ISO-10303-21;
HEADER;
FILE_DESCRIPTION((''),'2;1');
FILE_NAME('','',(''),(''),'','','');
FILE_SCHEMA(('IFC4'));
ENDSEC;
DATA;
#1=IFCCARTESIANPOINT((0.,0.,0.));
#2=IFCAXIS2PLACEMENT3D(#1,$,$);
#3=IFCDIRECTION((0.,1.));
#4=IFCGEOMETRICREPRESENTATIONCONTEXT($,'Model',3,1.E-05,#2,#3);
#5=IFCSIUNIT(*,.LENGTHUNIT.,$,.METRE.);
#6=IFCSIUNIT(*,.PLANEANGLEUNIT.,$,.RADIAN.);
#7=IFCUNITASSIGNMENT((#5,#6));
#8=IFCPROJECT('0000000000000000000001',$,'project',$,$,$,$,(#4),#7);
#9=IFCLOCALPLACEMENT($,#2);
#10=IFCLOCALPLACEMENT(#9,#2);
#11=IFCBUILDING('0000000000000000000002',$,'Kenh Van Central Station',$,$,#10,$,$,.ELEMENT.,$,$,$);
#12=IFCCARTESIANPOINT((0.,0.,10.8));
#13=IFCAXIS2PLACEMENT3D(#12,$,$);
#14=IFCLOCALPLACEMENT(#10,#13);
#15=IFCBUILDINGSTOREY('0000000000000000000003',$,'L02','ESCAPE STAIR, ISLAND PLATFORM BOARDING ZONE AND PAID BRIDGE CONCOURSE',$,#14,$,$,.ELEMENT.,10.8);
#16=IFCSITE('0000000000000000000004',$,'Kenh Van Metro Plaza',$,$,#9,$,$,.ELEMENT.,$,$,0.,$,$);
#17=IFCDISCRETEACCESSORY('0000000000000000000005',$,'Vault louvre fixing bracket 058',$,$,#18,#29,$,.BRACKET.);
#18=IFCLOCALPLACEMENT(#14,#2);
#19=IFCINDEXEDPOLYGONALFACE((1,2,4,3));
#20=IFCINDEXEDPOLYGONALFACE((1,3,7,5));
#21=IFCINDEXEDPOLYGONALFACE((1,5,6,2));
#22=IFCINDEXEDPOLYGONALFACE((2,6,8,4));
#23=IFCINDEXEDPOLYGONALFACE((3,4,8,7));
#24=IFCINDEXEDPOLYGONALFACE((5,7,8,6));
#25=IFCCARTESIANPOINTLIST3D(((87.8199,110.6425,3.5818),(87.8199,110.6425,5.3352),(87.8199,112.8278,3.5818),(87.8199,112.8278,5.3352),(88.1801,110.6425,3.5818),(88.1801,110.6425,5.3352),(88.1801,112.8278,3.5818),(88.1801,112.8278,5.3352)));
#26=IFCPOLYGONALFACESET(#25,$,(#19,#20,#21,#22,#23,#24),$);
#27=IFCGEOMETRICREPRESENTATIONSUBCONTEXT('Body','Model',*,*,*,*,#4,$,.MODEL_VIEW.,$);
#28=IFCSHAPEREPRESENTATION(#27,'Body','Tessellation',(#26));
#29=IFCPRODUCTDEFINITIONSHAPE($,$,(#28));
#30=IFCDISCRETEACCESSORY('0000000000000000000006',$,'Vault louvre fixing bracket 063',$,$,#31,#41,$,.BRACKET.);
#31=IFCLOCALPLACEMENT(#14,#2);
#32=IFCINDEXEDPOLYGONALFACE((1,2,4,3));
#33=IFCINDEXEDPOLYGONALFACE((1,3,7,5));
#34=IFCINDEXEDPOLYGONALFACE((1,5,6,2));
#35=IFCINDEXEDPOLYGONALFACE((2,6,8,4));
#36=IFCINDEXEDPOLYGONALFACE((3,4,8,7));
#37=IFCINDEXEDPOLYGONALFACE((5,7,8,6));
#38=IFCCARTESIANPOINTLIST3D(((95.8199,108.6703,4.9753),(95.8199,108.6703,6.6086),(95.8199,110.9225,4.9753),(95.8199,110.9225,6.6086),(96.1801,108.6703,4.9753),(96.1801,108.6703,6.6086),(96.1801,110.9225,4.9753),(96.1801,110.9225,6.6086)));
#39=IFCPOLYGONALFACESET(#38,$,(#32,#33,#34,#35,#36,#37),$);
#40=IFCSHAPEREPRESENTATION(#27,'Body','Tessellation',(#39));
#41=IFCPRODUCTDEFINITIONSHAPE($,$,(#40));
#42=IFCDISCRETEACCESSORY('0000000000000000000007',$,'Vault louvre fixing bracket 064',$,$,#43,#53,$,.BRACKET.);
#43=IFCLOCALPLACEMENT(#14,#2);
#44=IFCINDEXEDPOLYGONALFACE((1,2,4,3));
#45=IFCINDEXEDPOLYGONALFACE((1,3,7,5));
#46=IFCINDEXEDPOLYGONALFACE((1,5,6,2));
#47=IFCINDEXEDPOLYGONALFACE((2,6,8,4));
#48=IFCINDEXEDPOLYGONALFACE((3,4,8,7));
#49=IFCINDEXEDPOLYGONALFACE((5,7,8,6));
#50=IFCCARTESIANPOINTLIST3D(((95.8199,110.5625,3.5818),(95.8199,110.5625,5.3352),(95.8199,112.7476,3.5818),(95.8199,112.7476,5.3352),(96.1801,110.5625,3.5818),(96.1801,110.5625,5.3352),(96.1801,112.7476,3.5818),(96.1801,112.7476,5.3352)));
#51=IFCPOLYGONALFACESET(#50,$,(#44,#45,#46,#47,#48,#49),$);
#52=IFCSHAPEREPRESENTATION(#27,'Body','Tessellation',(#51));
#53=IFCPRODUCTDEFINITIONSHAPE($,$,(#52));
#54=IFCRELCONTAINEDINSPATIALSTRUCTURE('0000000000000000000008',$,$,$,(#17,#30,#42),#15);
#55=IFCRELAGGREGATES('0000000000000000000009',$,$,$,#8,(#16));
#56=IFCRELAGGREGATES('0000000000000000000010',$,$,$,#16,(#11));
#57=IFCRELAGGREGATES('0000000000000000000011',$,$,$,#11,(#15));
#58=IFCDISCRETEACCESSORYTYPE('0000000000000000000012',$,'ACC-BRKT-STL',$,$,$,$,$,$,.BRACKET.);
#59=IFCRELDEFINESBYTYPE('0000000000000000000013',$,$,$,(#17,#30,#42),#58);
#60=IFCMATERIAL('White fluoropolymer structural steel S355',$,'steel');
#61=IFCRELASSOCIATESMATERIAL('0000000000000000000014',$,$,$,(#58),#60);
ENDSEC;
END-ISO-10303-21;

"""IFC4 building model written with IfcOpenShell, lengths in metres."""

from ifc_helpers import new_model, si_unit, direction, frame, origin, origin_2d, place, context, subcontext, project, spatial, rectangle, extrude, material, type_object, element, save


model = new_model("IFC4")

# Units and contexts
model_context = context("Model", 3, precision=1e-05, world=origin(), true_north=direction((0.0, 1.0)))
body_context = subcontext(model_context, "Body", "Model", "MODEL_VIEW")
ifc_project = project(units=[si_unit("LENGTHUNIT", "METRE"), si_unit("PLANEANGLEUNIT", "RADIAN")], contexts=[model_context])

# Site, building, storey
site_placement = place(None, origin())
site = spatial("IfcSite", under=ifc_project, at=site_placement, Name="Kenh Van Metro Plaza", CompositionType="ELEMENT", RefElevation=0.0)
building_placement = place(site_placement, origin())
building = spatial("IfcBuilding", under=site, at=building_placement, Name="Kenh Van Central Station", CompositionType="ELEMENT")
storey_placement = place(building_placement, frame((0.0, 0.0, 10.8)))
storey = spatial("IfcBuildingStorey", under=building, at=storey_placement, Name="L02", Description="ESCAPE STAIR, ISLAND PLATFORM BOARDING ZONE AND PAID BRIDGE CONCOURSE", CompositionType="ELEMENT", Elevation=10.8)

# Shared definitions
ifc_material_1 = material(Name="White fluoropolymer structural steel S355", Category="steel")

# Discrete accessories
discrete_accessory_type = type_object("IfcDiscreteAccessoryType", Name="ACC-BRKT-STL", PredefinedType="BRACKET", material=ifc_material_1)
discrete_accessory_1_placement = place(storey_placement, frame((88.0, 111.7351, 3.5818), z_axis=(0.0, 0.0, 1.0), x_axis=(1.0, 0.0, 0.0)))
element("IfcDiscreteAccessory", 1, at=discrete_accessory_1_placement, inside=storey, type_object=discrete_accessory_type, Name="Vault louvre fixing bracket 058", PredefinedType="BRACKET", context=body_context, shape_type="SweptSolid", body=[
    extrude(rectangle(XDim=0.3601, YDim=2.1853, at=origin_2d()), origin(), (0.0, 0.0, 1.0), 1.7534),
])
discrete_accessory_2_placement = place(storey_placement, frame((96.0, 109.7964, 4.9753), z_axis=(0.0, 0.0, 1.0), x_axis=(1.0, 0.0, 0.0)))
element("IfcDiscreteAccessory", 2, at=discrete_accessory_2_placement, inside=storey, type_object=discrete_accessory_type, Name="Vault louvre fixing bracket 063", PredefinedType="BRACKET", context=body_context, shape_type="SweptSolid", body=[
    extrude(rectangle(XDim=0.3601, YDim=2.2522, at=origin_2d()), origin(), (0.0, 0.0, 1.0), 1.6333),
])
discrete_accessory_3_placement = place(storey_placement, frame((96.0, 111.655, 3.5818), z_axis=(0.0, 0.0, 1.0), x_axis=(1.0, 0.0, 0.0)))
element("IfcDiscreteAccessory", 3, at=discrete_accessory_3_placement, inside=storey, type_object=discrete_accessory_type, Name="Vault louvre fixing bracket 064", PredefinedType="BRACKET", context=body_context, shape_type="SweptSolid", body=[
    extrude(rectangle(XDim=0.3601, YDim=2.1851, at=origin_2d()), origin(), (0.0, 0.0, 1.0), 1.7534),
])

save(model, "model.ifc")
